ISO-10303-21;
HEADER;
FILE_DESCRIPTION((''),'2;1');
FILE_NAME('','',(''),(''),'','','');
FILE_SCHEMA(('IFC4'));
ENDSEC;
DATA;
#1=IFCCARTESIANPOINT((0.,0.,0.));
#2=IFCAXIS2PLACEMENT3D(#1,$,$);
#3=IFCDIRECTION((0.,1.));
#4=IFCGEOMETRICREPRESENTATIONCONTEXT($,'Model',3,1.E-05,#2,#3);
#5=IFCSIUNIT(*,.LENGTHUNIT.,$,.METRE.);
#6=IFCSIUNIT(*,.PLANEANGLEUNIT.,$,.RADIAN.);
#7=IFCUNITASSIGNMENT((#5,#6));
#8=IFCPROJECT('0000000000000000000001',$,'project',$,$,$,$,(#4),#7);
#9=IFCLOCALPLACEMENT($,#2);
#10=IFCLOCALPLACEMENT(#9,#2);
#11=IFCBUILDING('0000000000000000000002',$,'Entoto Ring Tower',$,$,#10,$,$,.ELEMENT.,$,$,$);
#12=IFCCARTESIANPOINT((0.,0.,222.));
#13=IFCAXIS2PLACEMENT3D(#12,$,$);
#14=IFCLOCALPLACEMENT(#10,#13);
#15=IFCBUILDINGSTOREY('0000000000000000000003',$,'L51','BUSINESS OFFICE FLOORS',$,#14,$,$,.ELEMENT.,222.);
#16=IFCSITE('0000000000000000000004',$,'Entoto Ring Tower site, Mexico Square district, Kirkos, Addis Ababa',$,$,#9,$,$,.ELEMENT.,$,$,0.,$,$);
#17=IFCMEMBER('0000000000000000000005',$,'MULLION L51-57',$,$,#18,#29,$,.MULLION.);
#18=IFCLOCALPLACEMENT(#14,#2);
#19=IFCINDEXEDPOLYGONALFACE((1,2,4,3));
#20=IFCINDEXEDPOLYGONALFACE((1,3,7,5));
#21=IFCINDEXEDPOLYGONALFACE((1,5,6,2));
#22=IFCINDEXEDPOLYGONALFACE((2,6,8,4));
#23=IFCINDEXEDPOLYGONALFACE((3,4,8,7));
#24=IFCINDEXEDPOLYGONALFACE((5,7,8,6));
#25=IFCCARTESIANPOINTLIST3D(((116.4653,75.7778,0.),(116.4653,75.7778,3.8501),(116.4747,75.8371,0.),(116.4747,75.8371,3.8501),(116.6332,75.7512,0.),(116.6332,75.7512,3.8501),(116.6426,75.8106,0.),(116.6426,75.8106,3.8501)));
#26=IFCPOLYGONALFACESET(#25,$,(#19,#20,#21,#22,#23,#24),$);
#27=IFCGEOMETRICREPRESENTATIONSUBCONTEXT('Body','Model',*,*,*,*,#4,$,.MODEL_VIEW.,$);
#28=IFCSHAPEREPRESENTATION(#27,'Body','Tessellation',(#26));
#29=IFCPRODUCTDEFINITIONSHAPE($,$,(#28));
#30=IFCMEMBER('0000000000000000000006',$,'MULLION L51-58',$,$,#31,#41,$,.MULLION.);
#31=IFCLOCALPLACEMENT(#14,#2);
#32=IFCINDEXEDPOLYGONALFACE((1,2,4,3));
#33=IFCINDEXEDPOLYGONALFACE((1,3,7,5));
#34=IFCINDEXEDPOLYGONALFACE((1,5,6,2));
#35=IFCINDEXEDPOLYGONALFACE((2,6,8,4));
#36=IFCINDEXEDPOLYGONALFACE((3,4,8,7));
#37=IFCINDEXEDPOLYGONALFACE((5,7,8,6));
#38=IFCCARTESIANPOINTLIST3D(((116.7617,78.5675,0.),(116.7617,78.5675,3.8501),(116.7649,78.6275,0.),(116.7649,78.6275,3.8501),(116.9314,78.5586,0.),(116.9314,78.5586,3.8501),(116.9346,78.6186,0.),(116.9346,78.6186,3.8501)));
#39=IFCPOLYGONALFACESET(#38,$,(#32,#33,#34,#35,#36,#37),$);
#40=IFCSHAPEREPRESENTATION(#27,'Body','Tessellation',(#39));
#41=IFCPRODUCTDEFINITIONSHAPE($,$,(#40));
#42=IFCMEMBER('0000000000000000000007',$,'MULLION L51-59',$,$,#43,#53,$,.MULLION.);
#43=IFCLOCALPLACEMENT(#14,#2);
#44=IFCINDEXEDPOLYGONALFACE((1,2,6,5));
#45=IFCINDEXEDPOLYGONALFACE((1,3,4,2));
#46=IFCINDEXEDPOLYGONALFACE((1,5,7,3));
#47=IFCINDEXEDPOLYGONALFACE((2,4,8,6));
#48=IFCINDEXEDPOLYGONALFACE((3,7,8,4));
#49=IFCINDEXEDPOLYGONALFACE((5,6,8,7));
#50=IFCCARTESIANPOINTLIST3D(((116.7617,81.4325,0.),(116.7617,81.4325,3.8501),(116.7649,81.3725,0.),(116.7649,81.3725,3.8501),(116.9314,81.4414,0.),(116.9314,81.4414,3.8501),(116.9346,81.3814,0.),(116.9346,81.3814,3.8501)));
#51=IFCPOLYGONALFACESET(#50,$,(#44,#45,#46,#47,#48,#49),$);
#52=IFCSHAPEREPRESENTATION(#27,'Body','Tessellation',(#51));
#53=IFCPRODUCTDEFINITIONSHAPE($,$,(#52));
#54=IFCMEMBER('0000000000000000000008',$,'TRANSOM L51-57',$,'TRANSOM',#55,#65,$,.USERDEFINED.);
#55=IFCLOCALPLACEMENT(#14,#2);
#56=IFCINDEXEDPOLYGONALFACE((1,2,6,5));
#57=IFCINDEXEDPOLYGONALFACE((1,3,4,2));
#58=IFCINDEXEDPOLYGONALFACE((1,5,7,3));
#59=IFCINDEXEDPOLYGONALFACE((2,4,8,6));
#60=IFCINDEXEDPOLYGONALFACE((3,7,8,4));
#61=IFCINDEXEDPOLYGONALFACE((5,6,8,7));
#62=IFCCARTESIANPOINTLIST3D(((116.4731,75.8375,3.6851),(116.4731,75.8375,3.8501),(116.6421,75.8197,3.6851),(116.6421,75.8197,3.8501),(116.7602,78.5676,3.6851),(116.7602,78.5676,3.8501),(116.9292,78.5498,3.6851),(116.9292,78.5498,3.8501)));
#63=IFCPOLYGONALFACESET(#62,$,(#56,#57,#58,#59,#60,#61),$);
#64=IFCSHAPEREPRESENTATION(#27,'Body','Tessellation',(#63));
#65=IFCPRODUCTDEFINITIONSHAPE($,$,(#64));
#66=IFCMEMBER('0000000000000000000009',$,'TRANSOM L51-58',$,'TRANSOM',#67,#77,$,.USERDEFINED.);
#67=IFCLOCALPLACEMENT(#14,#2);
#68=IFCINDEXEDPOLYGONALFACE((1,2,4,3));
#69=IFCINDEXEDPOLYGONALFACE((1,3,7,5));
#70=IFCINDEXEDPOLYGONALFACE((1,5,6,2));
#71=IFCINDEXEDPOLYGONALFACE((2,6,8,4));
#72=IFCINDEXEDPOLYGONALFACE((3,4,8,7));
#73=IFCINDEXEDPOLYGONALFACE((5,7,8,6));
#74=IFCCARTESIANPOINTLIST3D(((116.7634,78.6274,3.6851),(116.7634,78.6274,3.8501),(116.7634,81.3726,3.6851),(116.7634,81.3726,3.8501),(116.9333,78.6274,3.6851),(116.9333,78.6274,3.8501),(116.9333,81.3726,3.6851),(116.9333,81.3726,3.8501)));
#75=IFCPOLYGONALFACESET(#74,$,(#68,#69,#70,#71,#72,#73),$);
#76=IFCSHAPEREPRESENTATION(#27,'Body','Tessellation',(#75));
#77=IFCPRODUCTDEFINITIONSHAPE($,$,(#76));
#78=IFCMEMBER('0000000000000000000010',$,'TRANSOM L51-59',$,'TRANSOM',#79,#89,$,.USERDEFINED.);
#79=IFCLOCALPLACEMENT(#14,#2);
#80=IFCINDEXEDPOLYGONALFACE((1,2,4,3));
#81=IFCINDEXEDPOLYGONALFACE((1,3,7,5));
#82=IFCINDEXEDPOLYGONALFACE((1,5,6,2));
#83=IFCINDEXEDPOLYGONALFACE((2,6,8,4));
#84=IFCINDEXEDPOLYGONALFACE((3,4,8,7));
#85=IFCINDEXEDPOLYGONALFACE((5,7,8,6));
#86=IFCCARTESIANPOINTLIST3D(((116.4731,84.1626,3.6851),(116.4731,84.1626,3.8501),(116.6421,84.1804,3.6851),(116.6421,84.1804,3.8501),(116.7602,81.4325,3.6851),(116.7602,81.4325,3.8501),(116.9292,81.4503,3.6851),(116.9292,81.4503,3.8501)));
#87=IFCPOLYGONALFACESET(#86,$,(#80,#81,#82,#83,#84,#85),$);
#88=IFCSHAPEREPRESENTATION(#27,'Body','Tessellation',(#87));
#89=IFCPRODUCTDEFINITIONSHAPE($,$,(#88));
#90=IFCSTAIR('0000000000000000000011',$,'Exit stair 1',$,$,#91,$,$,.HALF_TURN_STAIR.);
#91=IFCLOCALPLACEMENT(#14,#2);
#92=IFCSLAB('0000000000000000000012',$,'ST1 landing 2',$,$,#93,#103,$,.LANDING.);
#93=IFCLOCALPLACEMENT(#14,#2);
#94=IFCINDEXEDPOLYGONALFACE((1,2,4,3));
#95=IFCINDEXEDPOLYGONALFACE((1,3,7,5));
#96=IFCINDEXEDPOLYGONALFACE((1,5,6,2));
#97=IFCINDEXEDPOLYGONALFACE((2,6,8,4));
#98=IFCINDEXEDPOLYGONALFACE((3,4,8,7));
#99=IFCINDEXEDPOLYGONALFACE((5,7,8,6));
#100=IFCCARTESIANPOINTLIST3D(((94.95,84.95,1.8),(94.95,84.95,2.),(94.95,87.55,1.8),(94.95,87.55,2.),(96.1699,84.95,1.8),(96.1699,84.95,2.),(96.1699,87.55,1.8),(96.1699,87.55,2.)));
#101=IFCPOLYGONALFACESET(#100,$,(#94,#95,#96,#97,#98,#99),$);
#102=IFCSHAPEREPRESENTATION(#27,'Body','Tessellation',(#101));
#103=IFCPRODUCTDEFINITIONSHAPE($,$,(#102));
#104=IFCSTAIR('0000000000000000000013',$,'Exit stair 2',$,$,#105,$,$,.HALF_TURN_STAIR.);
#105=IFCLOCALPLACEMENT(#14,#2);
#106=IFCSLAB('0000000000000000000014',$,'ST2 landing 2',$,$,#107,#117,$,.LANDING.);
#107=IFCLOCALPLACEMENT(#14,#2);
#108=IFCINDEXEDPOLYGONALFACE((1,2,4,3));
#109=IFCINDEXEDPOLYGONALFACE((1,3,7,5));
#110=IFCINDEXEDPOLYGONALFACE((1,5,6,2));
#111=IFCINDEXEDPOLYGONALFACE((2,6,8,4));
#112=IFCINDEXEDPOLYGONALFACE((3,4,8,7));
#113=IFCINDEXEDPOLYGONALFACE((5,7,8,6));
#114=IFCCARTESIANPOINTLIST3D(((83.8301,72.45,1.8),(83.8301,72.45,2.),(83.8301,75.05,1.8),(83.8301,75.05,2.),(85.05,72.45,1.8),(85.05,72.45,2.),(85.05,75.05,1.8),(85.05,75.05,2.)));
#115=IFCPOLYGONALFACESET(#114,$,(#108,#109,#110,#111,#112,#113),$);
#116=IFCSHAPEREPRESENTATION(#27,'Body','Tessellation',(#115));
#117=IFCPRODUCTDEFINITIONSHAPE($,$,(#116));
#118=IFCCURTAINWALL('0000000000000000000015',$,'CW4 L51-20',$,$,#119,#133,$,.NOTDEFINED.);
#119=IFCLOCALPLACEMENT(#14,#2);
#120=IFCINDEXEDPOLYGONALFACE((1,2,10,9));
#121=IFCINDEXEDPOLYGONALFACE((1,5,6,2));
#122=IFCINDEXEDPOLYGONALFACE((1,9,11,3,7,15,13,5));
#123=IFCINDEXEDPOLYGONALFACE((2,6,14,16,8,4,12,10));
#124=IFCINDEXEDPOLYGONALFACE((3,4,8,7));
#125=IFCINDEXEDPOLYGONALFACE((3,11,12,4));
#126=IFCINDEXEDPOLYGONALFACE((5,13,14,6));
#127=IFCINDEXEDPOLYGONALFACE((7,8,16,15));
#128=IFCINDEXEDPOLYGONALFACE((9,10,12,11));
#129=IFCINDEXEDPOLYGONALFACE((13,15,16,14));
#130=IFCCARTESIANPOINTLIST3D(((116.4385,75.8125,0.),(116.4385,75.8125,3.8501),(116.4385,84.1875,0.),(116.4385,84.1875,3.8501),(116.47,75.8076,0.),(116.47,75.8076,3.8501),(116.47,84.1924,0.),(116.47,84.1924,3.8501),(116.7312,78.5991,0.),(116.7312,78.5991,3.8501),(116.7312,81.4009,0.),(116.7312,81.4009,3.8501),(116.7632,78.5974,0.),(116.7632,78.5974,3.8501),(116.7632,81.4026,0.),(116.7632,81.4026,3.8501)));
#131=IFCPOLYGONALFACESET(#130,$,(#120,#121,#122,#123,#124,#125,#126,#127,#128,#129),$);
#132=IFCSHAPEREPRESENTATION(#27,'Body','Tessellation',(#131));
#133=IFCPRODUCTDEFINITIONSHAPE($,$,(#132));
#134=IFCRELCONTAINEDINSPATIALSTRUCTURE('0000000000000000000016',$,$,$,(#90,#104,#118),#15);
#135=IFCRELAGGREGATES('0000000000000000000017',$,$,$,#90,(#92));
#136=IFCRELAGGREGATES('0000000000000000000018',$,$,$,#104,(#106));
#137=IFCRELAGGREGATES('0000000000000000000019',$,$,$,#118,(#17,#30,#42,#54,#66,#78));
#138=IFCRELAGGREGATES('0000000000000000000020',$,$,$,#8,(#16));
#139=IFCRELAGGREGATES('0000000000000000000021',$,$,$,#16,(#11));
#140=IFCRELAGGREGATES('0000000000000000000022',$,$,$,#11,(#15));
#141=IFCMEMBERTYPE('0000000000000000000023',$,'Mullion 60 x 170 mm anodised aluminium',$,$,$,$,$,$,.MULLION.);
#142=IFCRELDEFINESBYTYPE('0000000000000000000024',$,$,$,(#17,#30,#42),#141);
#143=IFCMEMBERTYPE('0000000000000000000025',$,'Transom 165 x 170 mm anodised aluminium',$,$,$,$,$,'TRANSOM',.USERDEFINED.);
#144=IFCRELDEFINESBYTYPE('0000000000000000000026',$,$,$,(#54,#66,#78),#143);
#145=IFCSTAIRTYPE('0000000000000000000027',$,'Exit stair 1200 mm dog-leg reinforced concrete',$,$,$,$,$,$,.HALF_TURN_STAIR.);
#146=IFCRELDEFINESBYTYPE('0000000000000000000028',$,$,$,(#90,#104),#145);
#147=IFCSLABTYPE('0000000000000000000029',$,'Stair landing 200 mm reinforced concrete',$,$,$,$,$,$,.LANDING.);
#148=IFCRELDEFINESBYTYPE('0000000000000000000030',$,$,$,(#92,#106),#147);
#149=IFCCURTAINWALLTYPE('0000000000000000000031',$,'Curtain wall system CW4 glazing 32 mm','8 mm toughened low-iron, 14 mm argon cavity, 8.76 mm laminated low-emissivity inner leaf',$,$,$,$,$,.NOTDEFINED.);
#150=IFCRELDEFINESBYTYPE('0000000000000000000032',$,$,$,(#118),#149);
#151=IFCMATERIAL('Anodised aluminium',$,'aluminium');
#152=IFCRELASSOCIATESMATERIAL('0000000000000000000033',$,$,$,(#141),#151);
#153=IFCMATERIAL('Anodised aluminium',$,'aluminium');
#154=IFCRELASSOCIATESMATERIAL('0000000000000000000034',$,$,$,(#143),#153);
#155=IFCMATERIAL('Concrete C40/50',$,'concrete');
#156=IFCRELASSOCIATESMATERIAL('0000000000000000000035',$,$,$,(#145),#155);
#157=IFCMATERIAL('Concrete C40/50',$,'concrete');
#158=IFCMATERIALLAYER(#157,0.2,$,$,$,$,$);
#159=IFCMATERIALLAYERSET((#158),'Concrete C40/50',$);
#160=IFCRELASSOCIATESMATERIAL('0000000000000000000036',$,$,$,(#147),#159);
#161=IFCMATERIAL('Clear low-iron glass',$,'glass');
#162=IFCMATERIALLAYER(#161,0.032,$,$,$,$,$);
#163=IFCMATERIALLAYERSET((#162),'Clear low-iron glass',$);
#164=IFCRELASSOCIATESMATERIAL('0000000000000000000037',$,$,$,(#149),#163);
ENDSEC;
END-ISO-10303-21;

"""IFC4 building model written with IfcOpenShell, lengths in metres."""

from ifc_helpers import new_model, si_unit, direction, frame, origin, origin_2d, place, context, subcontext, project, spatial, polyline, rectangle, outline, extrude, material, layer, layer_set, material_profile, profile_set, type_object, element, aggregate, save


model = new_model("IFC4")

# Units and contexts
model_context = context("Model", 3, precision=1e-05, world=origin(), true_north=direction((0.0, 1.0)))
body_context = subcontext(model_context, "Body", "Model", "MODEL_VIEW")
ifc_project = project(units=[si_unit("LENGTHUNIT", "METRE"), si_unit("PLANEANGLEUNIT", "RADIAN")], contexts=[model_context])

# Members
ifc_material_1 = material(Name="Anodised aluminium", Category="aluminium")
ifc_material_profile_1 = material_profile(ifc_material_1, rectangle(XDim=0.0601, YDim=0.1699, at=origin_2d()), Name="Mullion 60 x 170 mm anodised aluminium")
ifc_profile_set_1 = profile_set([ifc_material_profile_1], Name="Anodised aluminium")
member_type_1 = type_object("IfcMemberType", Name="Mullion 60 x 170 mm anodised aluminium", PredefinedType="MULLION", material=ifc_profile_set_1)
site_placement = place(None, origin())
building_placement = place(site_placement, origin())
storey_placement = place(building_placement, frame((0.0, 0.0, 222.0)))
member_1_placement = place(storey_placement, frame((116.554, 75.7942, 0.0), z_axis=(0.0, 0.0, 1.0), x_axis=(0.156434, 0.987688, 0.0)))
member_1 = element("IfcMember", 1, at=member_1_placement, type_object=member_type_1, Name="MULLION L51-57", PredefinedType="MULLION", context=body_context, shape_type="SweptSolid", body=[
    extrude(rectangle(XDim=0.0601, YDim=0.1699, at=origin_2d()), origin(), (0.0, 0.0, 1.0), 3.8501),
])
member_2_placement = place(storey_placement, frame((116.8481, 78.593, 0.0), z_axis=(0.0, 0.0, 1.0), x_axis=(0.052336, 0.99863, 0.0)))
member_2 = element("IfcMember", 2, at=member_2_placement, type_object=member_type_1, Name="MULLION L51-58", PredefinedType="MULLION", context=body_context, shape_type="SweptSolid", body=[
    extrude(rectangle(XDim=0.0601, YDim=0.1699, at=origin_2d()), origin(), (0.0, 0.0, 1.0), 3.8501),
])
member_3_placement = place(storey_placement, frame((116.8481, 81.407, 0.0), z_axis=(0.0, 0.0, 1.0), x_axis=(-0.052336, 0.99863, 0.0)))
member_3 = element("IfcMember", 3, at=member_3_placement, type_object=member_type_1, Name="MULLION L51-59", PredefinedType="MULLION", context=body_context, shape_type="SweptSolid", body=[
    extrude(rectangle(XDim=0.0601, YDim=0.1699, at=origin_2d()), origin(), (0.0, 0.0, 1.0), 3.8501),
])
ifc_material_2 = material(Name="Anodised aluminium", Category="aluminium")
ifc_material_profile_2 = material_profile(ifc_material_2, rectangle(XDim=0.1699, YDim=0.165, at=origin_2d()), Name="Transom 165 x 170 mm anodised aluminium")
ifc_profile_set_2 = profile_set([ifc_material_profile_2], Name="Anodised aluminium")
member_type_2 = type_object("IfcMemberType", Name="Transom 165 x 170 mm anodised aluminium", ElementType="TRANSOM", PredefinedType="USERDEFINED", material=ifc_profile_set_2)
member_4_placement = place(storey_placement, frame((116.5576, 75.8286, 3.7676), z_axis=(0.104592, 0.994515, 0.0), x_axis=(-0.994515, 0.104592, 0.0)))
member_4 = element("IfcMember", 4, at=member_4_placement, type_object=member_type_2, Name="TRANSOM L51-57", ObjectType="TRANSOM", PredefinedType="USERDEFINED", context=body_context, shape_type="SweptSolid", body=[
    extrude(rectangle(XDim=0.1699, YDim=0.165, at=origin_2d()), origin(), (0.0, 0.0, 1.0), 2.7451),
])
member_5_placement = place(storey_placement, frame((116.8484, 78.6274, 3.7676), z_axis=(0.0, 1.0, 0.0), x_axis=(-1.0, 0.0, 0.0)))
member_5 = element("IfcMember", 5, at=member_5_placement, type_object=member_type_2, Name="TRANSOM L51-58", ObjectType="TRANSOM", PredefinedType="USERDEFINED", context=body_context, shape_type="SweptSolid", body=[
    extrude(rectangle(XDim=0.1699, YDim=0.165, at=origin_2d()), origin(), (0.0, 0.0, 1.0), 2.7451),
])
member_6_placement = place(storey_placement, frame((116.8447, 81.4414, 3.7676), z_axis=(-0.104592, 0.994515, 0.0), x_axis=(-0.994515, -0.104592, 0.0)))
member_6 = element("IfcMember", 6, at=member_6_placement, type_object=member_type_2, Name="TRANSOM L51-59", ObjectType="TRANSOM", PredefinedType="USERDEFINED", context=body_context, shape_type="SweptSolid", body=[
    extrude(rectangle(XDim=0.1699, YDim=0.165, at=origin_2d()), origin(), (0.0, 0.0, 1.0), 2.7451),
])

# Site, building, storey
site = spatial("IfcSite", under=ifc_project, at=site_placement, Name="Entoto Ring Tower site, Mexico Square district, Kirkos, Addis Ababa", CompositionType="ELEMENT", RefElevation=0.0)
building = spatial("IfcBuilding", under=site, at=building_placement, Name="Entoto Ring Tower", CompositionType="ELEMENT")
storey = spatial("IfcBuildingStorey", under=building, at=storey_placement, Name="L51", Description="BUSINESS OFFICE FLOORS", CompositionType="ELEMENT", Elevation=222.0)

# Stairs, slabs
ifc_material_3 = material(Name="Concrete C40/50", Category="concrete")
stair_type = type_object("IfcStairType", Name="Exit stair 1200 mm dog-leg reinforced concrete", PredefinedType="HALF_TURN_STAIR", material=ifc_material_3)
stair_1_placement = place(storey_placement, origin())
stair_1 = element("IfcStair", 7, at=stair_1_placement, inside=storey, type_object=stair_type, Name="Exit stair 1", PredefinedType="HALF_TURN_STAIR")
ifc_material_4 = material(Name="Concrete C40/50", Category="concrete")
ifc_layer_1 = layer(ifc_material_4, 0.2)
ifc_layer_set_1 = layer_set([ifc_layer_1], Name="Concrete C40/50")
slab_type = type_object("IfcSlabType", Name="Stair landing 200 mm reinforced concrete", PredefinedType="LANDING", material=ifc_layer_set_1)
slab_1_placement = place(storey_placement, frame((0.0, 0.0, 1.8)))
slab_1 = element("IfcSlab", 8, at=slab_1_placement, type_object=slab_type, Name="ST1 landing 2", PredefinedType="LANDING", context=body_context, shape_type="SweptSolid", body=[
    extrude(outline(polyline([(94.95, 84.95), (96.1699, 84.95), (96.1699, 87.55), (94.95, 87.55), (94.95, 84.95)])), origin(), (0.0, 0.0, 1.0), 0.2),
])
aggregate(stair_1, [slab_1])
stair_2_placement = place(storey_placement, origin())
stair_2 = element("IfcStair", 9, at=stair_2_placement, inside=storey, type_object=stair_type, Name="Exit stair 2", PredefinedType="HALF_TURN_STAIR")
slab_2_placement = place(storey_placement, frame((0.0, 0.0, 1.8)))
slab_2 = element("IfcSlab", 10, at=slab_2_placement, type_object=slab_type, Name="ST2 landing 2", PredefinedType="LANDING", context=body_context, shape_type="SweptSolid", body=[
    extrude(outline(polyline([(83.8301, 72.45), (85.05, 72.45), (85.05, 75.05), (83.8301, 75.05), (83.8301, 72.45)])), origin(), (0.0, 0.0, 1.0), 0.2),
])
aggregate(stair_2, [slab_2])

# Curtain wall
ifc_material_5 = material(Name="Clear low-iron glass", Category="glass")
ifc_layer_2 = layer(ifc_material_5, 0.032)
ifc_layer_set_2 = layer_set([ifc_layer_2], Name="Clear low-iron glass")
curtain_wall_type = type_object("IfcCurtainWallType", Name="Curtain wall system CW4 glazing 32 mm", Description="8 mm toughened low-iron, 14 mm argon cavity, 8.76 mm laminated low-emissivity inner leaf", PredefinedType="NOTDEFINED", material=ifc_layer_set_2)
curtain_wall_1_placement = place(storey_placement, origin())
curtain_wall_1 = element("IfcCurtainWall", 11, at=curtain_wall_1_placement, inside=storey, type_object=curtain_wall_type, Name="CW4 L51-20", PredefinedType="NOTDEFINED", context=body_context, shape_type="SweptSolid", body=[
    extrude(outline(polyline([(116.47, 75.8076), (116.7632, 78.5974), (116.7632, 81.4026), (116.47, 84.1924), (116.4385, 84.1875), (116.7312, 81.4009), (116.7312, 78.5991), (116.4385, 75.8125), (116.47, 75.8076)])), origin(), (0.0, 0.0, 1.0), 3.8501),
])
aggregate(curtain_wall_1, [member_1, member_2, member_3, member_4, member_5, member_6])

save(model, "model.ifc")
